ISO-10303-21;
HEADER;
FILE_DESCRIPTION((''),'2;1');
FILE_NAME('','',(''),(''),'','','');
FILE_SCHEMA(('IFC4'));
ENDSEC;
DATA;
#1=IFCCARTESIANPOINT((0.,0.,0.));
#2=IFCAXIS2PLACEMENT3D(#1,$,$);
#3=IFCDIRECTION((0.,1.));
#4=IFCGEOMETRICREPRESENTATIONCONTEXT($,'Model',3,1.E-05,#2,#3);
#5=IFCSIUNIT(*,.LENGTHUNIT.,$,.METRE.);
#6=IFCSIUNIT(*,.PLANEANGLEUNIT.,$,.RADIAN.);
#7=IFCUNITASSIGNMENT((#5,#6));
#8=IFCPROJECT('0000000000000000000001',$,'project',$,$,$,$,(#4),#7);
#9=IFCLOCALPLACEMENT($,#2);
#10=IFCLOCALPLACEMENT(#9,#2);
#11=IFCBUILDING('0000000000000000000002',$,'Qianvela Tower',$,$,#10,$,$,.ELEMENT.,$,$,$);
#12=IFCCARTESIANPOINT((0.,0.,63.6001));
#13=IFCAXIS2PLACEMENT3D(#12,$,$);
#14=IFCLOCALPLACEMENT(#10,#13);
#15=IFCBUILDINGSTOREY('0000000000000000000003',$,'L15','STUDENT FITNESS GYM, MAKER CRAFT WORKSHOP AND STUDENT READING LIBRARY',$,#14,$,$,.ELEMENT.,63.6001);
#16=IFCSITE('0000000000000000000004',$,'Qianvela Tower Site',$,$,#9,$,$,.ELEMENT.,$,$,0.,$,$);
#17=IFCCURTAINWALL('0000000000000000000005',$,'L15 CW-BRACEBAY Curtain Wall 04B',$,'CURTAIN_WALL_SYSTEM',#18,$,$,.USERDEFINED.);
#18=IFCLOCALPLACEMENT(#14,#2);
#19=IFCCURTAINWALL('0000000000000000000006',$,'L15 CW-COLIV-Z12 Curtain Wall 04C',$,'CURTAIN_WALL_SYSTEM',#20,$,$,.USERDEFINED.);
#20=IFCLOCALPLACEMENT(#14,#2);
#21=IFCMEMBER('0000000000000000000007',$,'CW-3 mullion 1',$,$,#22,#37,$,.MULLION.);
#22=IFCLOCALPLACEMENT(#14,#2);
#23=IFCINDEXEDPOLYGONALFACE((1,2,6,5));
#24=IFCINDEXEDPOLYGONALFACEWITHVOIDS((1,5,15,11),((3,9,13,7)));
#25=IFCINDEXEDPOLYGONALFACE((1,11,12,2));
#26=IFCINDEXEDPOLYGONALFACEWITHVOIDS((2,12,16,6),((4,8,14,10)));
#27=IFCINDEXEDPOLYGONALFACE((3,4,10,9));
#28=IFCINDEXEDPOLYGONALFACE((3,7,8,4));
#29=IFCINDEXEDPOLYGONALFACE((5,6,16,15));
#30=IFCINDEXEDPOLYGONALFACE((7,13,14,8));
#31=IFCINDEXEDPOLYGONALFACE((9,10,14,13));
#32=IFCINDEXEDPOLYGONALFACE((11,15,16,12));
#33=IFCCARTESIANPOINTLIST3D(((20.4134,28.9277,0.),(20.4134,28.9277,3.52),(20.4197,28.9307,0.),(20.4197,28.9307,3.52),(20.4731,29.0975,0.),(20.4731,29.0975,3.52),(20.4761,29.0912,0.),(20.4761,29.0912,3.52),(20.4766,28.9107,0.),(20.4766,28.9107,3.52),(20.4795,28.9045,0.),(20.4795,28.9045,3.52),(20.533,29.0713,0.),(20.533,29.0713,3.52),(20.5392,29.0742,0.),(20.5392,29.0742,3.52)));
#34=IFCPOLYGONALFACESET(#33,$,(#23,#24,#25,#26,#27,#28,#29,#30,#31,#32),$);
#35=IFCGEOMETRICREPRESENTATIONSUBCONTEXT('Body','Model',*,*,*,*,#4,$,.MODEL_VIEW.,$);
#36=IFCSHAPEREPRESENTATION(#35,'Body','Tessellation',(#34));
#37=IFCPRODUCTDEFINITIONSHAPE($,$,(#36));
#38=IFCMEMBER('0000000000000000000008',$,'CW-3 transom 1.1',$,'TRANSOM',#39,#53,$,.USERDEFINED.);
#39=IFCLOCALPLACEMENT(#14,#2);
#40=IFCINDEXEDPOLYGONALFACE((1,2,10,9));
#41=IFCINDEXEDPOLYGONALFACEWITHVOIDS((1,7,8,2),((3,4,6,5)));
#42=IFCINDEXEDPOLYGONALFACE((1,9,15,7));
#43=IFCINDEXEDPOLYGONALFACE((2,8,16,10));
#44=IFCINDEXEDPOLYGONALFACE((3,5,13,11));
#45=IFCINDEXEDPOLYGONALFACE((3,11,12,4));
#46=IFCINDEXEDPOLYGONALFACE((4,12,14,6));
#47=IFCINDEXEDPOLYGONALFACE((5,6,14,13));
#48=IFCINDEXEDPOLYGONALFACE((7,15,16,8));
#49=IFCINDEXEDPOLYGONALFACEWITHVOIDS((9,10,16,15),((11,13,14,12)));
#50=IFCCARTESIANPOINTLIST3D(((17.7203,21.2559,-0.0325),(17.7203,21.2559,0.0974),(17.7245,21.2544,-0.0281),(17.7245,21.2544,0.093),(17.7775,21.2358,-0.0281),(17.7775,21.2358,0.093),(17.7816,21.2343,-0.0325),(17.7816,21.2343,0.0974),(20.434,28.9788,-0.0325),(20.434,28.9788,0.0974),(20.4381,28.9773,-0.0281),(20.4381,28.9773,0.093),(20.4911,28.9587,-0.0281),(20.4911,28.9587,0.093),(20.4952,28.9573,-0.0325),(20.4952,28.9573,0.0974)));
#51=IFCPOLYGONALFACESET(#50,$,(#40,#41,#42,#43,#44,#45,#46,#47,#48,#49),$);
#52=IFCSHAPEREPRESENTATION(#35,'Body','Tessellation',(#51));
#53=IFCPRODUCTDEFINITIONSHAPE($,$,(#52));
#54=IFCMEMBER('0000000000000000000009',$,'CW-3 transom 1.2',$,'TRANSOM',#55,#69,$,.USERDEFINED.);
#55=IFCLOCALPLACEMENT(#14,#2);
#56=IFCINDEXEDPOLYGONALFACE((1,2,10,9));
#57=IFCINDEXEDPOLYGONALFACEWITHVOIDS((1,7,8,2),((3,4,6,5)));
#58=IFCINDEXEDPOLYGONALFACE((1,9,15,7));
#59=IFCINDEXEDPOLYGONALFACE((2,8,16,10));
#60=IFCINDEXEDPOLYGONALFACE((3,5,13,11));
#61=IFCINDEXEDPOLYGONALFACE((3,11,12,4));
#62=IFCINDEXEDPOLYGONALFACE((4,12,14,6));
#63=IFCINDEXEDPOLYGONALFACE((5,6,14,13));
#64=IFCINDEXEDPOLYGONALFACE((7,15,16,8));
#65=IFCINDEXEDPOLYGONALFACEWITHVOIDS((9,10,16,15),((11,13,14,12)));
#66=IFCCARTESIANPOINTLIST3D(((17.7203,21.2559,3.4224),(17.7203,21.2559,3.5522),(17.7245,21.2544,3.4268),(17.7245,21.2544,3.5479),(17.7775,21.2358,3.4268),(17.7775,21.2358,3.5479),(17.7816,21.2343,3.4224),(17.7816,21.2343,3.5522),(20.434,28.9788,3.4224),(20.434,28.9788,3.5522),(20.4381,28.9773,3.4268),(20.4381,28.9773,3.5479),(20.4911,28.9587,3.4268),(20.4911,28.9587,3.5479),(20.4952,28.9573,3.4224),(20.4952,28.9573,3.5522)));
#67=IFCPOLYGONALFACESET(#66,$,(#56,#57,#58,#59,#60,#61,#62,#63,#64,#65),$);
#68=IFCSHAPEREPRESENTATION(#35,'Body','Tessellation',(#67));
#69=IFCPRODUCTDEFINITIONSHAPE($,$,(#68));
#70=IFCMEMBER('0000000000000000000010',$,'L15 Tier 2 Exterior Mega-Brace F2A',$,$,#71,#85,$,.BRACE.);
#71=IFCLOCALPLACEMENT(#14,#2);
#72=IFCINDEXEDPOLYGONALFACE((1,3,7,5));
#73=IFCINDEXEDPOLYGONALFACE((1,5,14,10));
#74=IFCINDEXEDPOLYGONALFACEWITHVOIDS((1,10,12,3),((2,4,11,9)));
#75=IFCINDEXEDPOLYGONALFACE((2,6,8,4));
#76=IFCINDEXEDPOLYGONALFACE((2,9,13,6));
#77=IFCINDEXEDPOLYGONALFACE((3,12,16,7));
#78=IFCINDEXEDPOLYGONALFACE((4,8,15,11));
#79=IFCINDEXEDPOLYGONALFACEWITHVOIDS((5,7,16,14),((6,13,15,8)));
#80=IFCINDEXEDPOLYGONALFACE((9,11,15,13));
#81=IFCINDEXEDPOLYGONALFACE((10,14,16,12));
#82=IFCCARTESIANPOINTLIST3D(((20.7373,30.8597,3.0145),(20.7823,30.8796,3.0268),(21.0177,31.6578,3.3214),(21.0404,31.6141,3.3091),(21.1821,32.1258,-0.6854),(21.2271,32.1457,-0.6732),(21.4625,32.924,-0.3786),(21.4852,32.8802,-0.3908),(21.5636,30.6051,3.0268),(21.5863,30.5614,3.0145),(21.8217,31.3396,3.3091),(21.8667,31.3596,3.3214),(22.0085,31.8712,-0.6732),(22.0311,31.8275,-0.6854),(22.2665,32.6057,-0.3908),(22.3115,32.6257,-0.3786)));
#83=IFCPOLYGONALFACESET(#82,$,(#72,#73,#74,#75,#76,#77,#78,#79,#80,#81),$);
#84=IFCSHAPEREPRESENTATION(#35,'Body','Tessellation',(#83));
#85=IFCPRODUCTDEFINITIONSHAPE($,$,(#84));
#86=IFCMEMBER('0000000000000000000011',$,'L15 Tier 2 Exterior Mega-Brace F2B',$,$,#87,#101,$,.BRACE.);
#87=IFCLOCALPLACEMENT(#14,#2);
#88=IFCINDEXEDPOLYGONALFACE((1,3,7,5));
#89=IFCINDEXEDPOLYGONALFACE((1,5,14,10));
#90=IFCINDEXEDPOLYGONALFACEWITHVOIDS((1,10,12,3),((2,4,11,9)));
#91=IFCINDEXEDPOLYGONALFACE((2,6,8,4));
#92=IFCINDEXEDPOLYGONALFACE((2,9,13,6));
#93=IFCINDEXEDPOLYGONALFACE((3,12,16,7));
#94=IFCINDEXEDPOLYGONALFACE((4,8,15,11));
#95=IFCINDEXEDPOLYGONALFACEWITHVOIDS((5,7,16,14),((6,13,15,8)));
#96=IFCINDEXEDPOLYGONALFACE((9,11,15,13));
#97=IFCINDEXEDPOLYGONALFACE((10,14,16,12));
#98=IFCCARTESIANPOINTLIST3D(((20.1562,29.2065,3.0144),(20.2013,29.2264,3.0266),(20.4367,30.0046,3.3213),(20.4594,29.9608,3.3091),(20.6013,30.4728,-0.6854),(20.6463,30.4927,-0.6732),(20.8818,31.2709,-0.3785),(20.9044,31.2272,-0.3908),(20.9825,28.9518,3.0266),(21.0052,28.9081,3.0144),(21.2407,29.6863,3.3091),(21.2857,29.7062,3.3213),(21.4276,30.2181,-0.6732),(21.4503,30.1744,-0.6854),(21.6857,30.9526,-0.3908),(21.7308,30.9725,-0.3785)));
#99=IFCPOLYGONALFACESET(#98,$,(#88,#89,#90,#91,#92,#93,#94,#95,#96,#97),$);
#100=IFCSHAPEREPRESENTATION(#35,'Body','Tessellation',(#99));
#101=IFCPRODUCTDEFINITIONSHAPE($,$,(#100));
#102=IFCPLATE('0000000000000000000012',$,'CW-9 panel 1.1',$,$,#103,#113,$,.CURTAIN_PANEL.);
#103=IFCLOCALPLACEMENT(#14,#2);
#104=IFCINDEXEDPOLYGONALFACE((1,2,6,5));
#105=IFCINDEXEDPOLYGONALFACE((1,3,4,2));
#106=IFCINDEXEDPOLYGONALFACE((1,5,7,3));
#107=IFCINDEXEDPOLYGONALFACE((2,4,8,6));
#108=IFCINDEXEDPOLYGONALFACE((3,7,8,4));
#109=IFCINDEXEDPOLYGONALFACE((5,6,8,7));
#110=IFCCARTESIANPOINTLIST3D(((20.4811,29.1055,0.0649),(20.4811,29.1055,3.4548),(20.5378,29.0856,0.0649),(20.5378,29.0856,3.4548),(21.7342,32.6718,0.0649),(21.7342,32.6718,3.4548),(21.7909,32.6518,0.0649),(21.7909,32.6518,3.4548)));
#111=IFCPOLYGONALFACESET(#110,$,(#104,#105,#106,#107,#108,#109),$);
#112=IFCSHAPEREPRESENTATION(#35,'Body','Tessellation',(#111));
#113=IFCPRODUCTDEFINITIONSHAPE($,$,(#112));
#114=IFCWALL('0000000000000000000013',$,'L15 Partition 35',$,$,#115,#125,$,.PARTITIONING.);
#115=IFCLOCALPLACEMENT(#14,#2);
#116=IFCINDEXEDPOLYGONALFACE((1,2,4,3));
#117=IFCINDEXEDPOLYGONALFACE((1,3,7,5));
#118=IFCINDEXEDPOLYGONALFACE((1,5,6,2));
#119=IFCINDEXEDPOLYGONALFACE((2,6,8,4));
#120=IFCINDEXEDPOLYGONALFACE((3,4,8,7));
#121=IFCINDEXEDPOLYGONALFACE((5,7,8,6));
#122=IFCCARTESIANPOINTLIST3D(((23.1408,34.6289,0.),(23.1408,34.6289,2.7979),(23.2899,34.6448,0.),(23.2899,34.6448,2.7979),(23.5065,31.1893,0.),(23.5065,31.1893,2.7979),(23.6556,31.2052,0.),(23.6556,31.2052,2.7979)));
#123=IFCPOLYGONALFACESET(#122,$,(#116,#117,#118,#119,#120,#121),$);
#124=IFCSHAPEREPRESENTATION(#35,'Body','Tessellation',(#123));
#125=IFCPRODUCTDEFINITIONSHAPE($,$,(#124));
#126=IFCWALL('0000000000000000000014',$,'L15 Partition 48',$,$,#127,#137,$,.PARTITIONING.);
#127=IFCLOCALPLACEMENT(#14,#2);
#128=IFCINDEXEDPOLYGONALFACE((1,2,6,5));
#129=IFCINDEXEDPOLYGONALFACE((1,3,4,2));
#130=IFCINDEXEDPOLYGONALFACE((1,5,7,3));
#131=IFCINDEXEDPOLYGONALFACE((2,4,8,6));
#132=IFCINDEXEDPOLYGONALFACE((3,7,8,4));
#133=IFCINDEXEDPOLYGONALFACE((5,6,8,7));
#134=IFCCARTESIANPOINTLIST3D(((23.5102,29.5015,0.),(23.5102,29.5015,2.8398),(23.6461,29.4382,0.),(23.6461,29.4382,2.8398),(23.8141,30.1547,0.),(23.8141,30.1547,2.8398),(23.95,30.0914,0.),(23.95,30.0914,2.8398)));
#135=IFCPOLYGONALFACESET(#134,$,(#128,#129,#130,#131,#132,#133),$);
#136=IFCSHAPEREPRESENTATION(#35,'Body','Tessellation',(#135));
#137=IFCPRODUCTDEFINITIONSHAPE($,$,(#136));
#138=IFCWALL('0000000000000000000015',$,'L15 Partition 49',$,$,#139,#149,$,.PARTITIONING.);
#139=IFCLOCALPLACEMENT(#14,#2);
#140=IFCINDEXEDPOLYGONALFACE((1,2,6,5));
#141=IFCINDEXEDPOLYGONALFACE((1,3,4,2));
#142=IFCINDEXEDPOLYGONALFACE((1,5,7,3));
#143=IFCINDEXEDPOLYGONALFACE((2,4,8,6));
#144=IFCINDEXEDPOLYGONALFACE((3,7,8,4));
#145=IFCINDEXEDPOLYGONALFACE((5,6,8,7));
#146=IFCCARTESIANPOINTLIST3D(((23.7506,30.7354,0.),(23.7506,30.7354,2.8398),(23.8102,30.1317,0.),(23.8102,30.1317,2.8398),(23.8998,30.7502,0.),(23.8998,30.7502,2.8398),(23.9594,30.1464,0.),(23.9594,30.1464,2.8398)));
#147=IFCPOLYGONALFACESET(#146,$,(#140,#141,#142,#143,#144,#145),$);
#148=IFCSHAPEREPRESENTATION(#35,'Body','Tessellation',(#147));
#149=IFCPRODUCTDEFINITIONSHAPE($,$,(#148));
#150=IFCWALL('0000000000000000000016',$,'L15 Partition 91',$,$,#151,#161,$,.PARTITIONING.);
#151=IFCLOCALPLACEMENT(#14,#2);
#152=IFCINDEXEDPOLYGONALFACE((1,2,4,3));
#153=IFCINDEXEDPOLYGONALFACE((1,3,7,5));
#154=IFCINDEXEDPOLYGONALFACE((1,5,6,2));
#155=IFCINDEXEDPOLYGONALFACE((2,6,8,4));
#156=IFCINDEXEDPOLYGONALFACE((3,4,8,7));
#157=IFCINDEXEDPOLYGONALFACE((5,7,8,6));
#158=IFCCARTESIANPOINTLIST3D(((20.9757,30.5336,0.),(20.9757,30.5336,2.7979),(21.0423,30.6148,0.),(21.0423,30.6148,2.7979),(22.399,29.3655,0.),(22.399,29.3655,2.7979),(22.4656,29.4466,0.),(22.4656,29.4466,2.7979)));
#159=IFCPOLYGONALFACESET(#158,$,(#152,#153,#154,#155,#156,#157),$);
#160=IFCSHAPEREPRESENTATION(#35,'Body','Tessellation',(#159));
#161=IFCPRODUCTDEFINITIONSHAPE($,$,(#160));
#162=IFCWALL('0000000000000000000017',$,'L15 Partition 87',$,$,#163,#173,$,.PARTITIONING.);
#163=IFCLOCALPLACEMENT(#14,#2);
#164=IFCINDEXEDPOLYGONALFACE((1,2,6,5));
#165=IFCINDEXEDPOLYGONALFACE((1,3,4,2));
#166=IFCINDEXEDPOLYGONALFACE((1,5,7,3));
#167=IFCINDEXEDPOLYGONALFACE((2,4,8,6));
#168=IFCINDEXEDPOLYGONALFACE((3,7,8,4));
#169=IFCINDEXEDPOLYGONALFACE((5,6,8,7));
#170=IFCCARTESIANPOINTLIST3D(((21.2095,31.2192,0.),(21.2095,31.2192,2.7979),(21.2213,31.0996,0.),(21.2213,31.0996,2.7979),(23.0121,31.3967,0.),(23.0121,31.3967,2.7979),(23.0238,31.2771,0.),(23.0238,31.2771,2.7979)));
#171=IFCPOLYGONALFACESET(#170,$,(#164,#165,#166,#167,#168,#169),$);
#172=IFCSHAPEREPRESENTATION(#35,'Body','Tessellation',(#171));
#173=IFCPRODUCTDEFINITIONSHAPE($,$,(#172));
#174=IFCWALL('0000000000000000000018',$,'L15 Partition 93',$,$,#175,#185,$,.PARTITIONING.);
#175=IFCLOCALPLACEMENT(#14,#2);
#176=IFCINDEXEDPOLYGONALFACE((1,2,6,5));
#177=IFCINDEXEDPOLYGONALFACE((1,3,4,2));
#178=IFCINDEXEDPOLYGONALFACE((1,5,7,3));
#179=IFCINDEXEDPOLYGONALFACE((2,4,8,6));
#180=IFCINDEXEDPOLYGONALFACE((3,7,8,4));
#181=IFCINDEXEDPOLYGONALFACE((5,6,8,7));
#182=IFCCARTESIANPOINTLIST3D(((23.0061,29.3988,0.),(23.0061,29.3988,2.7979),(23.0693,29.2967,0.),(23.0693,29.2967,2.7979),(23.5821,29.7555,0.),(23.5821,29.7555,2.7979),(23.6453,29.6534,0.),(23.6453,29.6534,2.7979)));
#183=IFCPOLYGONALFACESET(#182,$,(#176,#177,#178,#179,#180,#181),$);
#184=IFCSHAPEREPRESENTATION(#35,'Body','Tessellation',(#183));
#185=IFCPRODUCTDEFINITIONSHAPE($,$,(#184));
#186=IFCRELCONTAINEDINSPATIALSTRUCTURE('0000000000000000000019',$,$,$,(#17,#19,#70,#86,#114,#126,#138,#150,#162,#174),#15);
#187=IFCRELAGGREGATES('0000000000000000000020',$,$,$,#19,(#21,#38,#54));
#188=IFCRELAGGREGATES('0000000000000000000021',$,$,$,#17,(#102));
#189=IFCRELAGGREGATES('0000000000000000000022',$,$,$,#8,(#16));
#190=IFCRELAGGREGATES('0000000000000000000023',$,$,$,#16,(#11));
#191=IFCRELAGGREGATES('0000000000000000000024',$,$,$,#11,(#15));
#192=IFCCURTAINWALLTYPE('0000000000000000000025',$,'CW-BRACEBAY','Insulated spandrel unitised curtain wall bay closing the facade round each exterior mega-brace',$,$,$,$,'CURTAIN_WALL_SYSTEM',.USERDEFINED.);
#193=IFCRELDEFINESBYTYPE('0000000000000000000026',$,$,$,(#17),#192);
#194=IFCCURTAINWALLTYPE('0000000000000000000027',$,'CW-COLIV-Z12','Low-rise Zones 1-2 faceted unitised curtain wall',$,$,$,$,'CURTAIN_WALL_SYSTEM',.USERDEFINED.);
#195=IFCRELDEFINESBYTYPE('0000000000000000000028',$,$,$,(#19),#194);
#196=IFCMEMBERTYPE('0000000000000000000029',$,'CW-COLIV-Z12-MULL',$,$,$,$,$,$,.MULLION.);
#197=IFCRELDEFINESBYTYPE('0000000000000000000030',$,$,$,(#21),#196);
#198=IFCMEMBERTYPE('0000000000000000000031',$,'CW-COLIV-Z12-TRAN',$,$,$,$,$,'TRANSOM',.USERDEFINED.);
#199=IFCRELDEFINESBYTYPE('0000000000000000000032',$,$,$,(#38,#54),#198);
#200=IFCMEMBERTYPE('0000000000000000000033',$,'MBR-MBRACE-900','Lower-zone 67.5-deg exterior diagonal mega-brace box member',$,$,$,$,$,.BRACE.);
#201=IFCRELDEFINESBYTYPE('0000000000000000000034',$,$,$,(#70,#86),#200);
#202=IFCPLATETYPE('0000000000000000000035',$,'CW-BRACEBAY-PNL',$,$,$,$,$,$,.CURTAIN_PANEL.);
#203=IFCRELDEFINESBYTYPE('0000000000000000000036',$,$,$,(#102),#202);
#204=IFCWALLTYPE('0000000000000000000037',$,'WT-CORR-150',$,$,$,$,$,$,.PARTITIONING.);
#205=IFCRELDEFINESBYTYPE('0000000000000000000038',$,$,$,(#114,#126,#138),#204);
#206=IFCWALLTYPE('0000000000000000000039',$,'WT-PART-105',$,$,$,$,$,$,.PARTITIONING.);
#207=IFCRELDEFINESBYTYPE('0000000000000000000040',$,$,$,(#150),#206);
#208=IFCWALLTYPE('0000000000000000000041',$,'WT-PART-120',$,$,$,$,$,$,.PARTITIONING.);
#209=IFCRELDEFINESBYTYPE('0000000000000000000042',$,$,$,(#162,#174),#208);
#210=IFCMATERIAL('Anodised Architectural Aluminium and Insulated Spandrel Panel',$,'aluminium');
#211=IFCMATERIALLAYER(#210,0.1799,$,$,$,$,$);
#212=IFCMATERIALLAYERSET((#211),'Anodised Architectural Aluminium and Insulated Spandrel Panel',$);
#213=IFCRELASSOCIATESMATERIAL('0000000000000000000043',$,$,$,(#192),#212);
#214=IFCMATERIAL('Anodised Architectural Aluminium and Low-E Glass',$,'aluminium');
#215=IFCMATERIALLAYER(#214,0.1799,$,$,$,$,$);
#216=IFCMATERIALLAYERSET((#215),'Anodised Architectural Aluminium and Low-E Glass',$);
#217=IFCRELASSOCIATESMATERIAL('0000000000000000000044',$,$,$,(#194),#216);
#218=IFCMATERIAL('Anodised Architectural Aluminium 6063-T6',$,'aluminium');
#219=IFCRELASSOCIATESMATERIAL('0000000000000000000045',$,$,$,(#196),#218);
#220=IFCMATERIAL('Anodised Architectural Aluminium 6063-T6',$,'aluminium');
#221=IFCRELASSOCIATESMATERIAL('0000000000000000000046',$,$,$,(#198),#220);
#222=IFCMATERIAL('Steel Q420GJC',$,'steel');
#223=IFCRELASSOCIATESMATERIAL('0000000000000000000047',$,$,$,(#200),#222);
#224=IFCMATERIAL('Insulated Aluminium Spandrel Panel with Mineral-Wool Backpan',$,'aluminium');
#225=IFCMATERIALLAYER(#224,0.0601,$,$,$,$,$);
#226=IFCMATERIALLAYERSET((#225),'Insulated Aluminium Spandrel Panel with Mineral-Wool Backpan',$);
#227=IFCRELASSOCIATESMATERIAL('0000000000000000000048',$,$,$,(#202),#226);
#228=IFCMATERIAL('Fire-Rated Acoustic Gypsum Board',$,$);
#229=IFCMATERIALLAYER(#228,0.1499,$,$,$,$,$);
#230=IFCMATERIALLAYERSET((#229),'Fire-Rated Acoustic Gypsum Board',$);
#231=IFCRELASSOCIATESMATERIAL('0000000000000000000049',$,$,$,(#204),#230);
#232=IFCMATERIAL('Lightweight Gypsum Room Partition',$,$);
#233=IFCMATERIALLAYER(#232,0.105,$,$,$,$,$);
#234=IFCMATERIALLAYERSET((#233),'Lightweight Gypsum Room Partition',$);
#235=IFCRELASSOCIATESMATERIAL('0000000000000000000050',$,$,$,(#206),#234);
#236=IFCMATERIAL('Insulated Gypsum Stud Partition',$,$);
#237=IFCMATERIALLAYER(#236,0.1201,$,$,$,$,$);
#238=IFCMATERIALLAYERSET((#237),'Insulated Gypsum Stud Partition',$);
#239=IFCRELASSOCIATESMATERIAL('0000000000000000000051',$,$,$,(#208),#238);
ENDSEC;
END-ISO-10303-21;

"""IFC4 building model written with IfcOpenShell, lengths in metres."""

from ifc_helpers import new_model, si_unit, direction, frame, frame_2d, origin, origin_2d, place, context, subcontext, project, spatial, rectangle, hollow_rectangle, extrude, material, layer, layer_set, material_profile, profile_set, type_object, element, aggregate, save


model = new_model("IFC4")

# Units and contexts
model_context = context("Model", 3, precision=1e-05, world=origin(), true_north=direction((0.0, 1.0)))
body_context = subcontext(model_context, "Body", "Model", "MODEL_VIEW")
ifc_project = project(units=[si_unit("LENGTHUNIT", "METRE"), si_unit("PLANEANGLEUNIT", "RADIAN")], contexts=[model_context])

# Site, building, storey
site_placement = place(None, origin())
site = spatial("IfcSite", under=ifc_project, at=site_placement, Name="Qianvela Tower Site", CompositionType="ELEMENT", RefElevation=0.0)
building_placement = place(site_placement, origin())
building = spatial("IfcBuilding", under=site, at=building_placement, Name="Qianvela Tower", CompositionType="ELEMENT")
storey_placement = place(building_placement, frame((0.0, 0.0, 63.6001)))
storey = spatial("IfcBuildingStorey", under=building, at=storey_placement, Name="L15", Description="STUDENT FITNESS GYM, MAKER CRAFT WORKSHOP AND STUDENT READING LIBRARY", CompositionType="ELEMENT", Elevation=63.6001)

# Curtain wall
ifc_material_1 = material(Name="Anodised Architectural Aluminium and Insulated Spandrel Panel", Category="aluminium")
ifc_layer_1 = layer(ifc_material_1, 0.1799)
ifc_layer_set_1 = layer_set([ifc_layer_1], Name="Anodised Architectural Aluminium and Insulated Spandrel Panel")
curtain_wall_type_1 = type_object("IfcCurtainWallType", Name="CW-BRACEBAY", Description="Insulated spandrel unitised curtain wall bay closing the facade round each exterior mega-brace", ElementType="CURTAIN_WALL_SYSTEM", PredefinedType="USERDEFINED", material=ifc_layer_set_1)
curtain_wall_1_placement = place(storey_placement, origin())
curtain_wall_1 = element("IfcCurtainWall", 1, at=curtain_wall_1_placement, inside=storey, type_object=curtain_wall_type_1, Name="L15 CW-BRACEBAY Curtain Wall 04B", ObjectType="CURTAIN_WALL_SYSTEM", PredefinedType="USERDEFINED")

# Curtain wall, members
ifc_material_2 = material(Name="Anodised Architectural Aluminium and Low-E Glass", Category="aluminium")
ifc_layer_2 = layer(ifc_material_2, 0.1799)
ifc_layer_set_2 = layer_set([ifc_layer_2], Name="Anodised Architectural Aluminium and Low-E Glass")
curtain_wall_type_2 = type_object("IfcCurtainWallType", Name="CW-COLIV-Z12", Description="Low-rise Zones 1-2 faceted unitised curtain wall", ElementType="CURTAIN_WALL_SYSTEM", PredefinedType="USERDEFINED", material=ifc_layer_set_2)
curtain_wall_2_placement = place(storey_placement, origin())
curtain_wall_2 = element("IfcCurtainWall", 2, at=curtain_wall_2_placement, inside=storey, type_object=curtain_wall_type_2, Name="L15 CW-COLIV-Z12 Curtain Wall 04C", ObjectType="CURTAIN_WALL_SYSTEM", PredefinedType="USERDEFINED")
ifc_material_3 = material(Name="Anodised Architectural Aluminium 6063-T6", Category="aluminium")
ifc_material_profile_1 = material_profile(ifc_material_3, hollow_rectangle(XDim=0.0701, YDim=0.1799, WallThickness=0.0049, at=origin_2d()), Name="ALU-MULL-70x180")
ifc_profile_set_1 = profile_set([ifc_material_profile_1], Name="Anodised Architectural Aluminium 6063-T6")
member_type_1 = type_object("IfcMemberType", Name="CW-COLIV-Z12-MULL", PredefinedType="MULLION", material=ifc_profile_set_1)
member_1_placement = place(storey_placement, frame((20.4763, 29.001, 0.0), z_axis=(0.0, 0.0, 1.0), x_axis=(0.943456, -0.331497, 0.0)))
member_1 = element("IfcMember", 3, at=member_1_placement, type_object=member_type_1, Name="CW-3 mullion 1", PredefinedType="MULLION", context=body_context, shape_type="SweptSolid", body=[
    extrude(hollow_rectangle(XDim=0.0701, YDim=0.1799, WallThickness=0.0049, at=origin_2d()), origin(), (0.0, 0.0, 1.0), 3.52),
])
ifc_material_4 = material(Name="Anodised Architectural Aluminium 6063-T6", Category="aluminium")
ifc_material_profile_2 = material_profile(ifc_material_4, hollow_rectangle(XDim=0.0649, YDim=0.1299, WallThickness=0.0044, at=origin_2d()), Name="ALU-TRAN-65x130")
ifc_profile_set_2 = profile_set([ifc_material_profile_2], Name="Anodised Architectural Aluminium 6063-T6")
member_type_2 = type_object("IfcMemberType", Name="CW-COLIV-Z12-TRAN", ElementType="TRANSOM", PredefinedType="USERDEFINED", material=ifc_profile_set_2)
member_2_placement = place(storey_placement, frame((20.4646, 28.968, 0.0325), z_axis=(-0.331505, -0.943454, 0.0), x_axis=(0.943454, -0.331505, 0.0)))
member_2 = element("IfcMember", 4, at=member_2_placement, type_object=member_type_2, Name="CW-3 transom 1.1", ObjectType="TRANSOM", PredefinedType="USERDEFINED", context=body_context, shape_type="SweptSolid", body=[
    extrude(hollow_rectangle(XDim=0.0649, YDim=0.1299, WallThickness=0.0044, at=origin_2d()), origin(), (0.0, 0.0, 1.0), 8.1858),
])
member_3_placement = place(storey_placement, frame((20.4646, 28.968, 3.4873), z_axis=(-0.331505, -0.943454, 0.0), x_axis=(0.943454, -0.331505, 0.0)))
member_3 = element("IfcMember", 5, at=member_3_placement, type_object=member_type_2, Name="CW-3 transom 1.2", ObjectType="TRANSOM", PredefinedType="USERDEFINED", context=body_context, shape_type="SweptSolid", body=[
    extrude(hollow_rectangle(XDim=0.0649, YDim=0.1299, WallThickness=0.0044, at=origin_2d()), origin(), (0.0, 0.0, 1.0), 8.1858),
])
aggregate(curtain_wall_2, [member_1, member_2, member_3])

# Members
ifc_material_5 = material(Name="Steel Q420GJC", Category="steel")
ifc_material_profile_3 = material_profile(ifc_material_5, hollow_rectangle(XDim=0.8999, YDim=0.8999, WallThickness=0.0359, at=origin_2d()), Name="MBOX-900x900x36")
ifc_profile_set_3 = profile_set([ifc_material_profile_3], Name="Steel Q420GJC")
member_type_3 = type_object("IfcMemberType", Name="MBR-MBRACE-900", Description="Lower-zone 67.5-deg exterior diagonal mega-brace box member", PredefinedType="BRACE", material=ifc_profile_set_3)
for number, where, z_axis, x_axis, name in (
    (6, (21.7468, 32.3757, -0.532), (-0.11302, -0.321691, 0.940075), (0.943466, -0.331468, 0.0), "L15 Tier 2 Exterior Mega-Brace F2A"),
    (7, (21.166, 30.7227, -0.532), (-0.113079, -0.321745, 0.94005), (0.943429, -0.331574, 0.0), "L15 Tier 2 Exterior Mega-Brace F2B"),
):
    element("IfcMember", number, at=place(storey_placement, frame(where, z_axis=z_axis, x_axis=x_axis)), inside=storey, type_object=member_type_3, Name=name, PredefinedType="BRACE", context=body_context, shape_type="SweptSolid", body=[
        extrude(hollow_rectangle(XDim=0.8999, YDim=0.8999, WallThickness=0.0359, at=origin_2d()), origin(), (0.0, 0.0, 1.0), 3.9358),
    ])

# Plate
ifc_material_6 = material(Name="Insulated Aluminium Spandrel Panel with Mineral-Wool Backpan", Category="aluminium")
ifc_layer_3 = layer(ifc_material_6, 0.0601)
ifc_layer_set_3 = layer_set([ifc_layer_3], Name="Insulated Aluminium Spandrel Panel with Mineral-Wool Backpan")
plate_type = type_object("IfcPlateType", Name="CW-BRACEBAY-PNL", PredefinedType="CURTAIN_PANEL", material=ifc_layer_set_3)
plate_placement = place(storey_placement, frame((21.136, 30.8787, 0.0649), z_axis=(0.0, 0.0, 1.0), x_axis=(-0.331509, -0.943452, 0.0)))
plate = element("IfcPlate", 8, at=plate_placement, type_object=plate_type, Name="CW-9 panel 1.1", PredefinedType="CURTAIN_PANEL", context=body_context, shape_type="SweptSolid", body=[
    extrude(rectangle(XDim=3.78, YDim=0.0601, at=origin_2d()), origin(), (0.0, 0.0, 1.0), 3.3899),
])
aggregate(curtain_wall_1, [plate])

# Walls
ifc_material_7 = material(Name="Fire-Rated Acoustic Gypsum Board")
ifc_layer_4 = layer(ifc_material_7, 0.1499)
ifc_layer_set_4 = layer_set([ifc_layer_4], Name="Fire-Rated Acoustic Gypsum Board")
wall_type_1 = type_object("IfcWallType", Name="WT-CORR-150", PredefinedType="PARTITIONING", material=ifc_layer_set_4)
wall_1_placement = place(storey_placement, frame((23.5811, 31.1973, 0.0), z_axis=(0.0, 0.0, 1.0), x_axis=(-0.105728, 0.994395, 0.0)))
element("IfcWall", 9, at=wall_1_placement, inside=storey, type_object=wall_type_1, Name="L15 Partition 35", PredefinedType="PARTITIONING", context=body_context, shape_type="SweptSolid", body=[
    extrude(rectangle(XDim=3.459, YDim=0.1499, at=frame_2d((1.7295, 0.0))), origin(), (0.0, 0.0, 1.0), 2.7979),
])
wall_2_placement = place(storey_placement, frame((23.5781, 29.4697, 0.0), z_axis=(0.0, 0.0, 1.0), x_axis=(0.421828, 0.906676, 0.0)))
element("IfcWall", 10, at=wall_2_placement, inside=storey, type_object=wall_type_1, Name="L15 Partition 48", PredefinedType="PARTITIONING", context=body_context, shape_type="SweptSolid", body=[
    extrude(rectangle(XDim=0.7205, YDim=0.1499, at=frame_2d((0.3604, 0.0))), origin(), (0.0, 0.0, 1.0), 2.8398),
])
wall_3_placement = place(storey_placement, frame((23.8848, 30.1392, 0.0), z_axis=(0.0, 0.0, 1.0), x_axis=(-0.098189, 0.995168, 0.0)))
element("IfcWall", 11, at=wall_3_placement, inside=storey, type_object=wall_type_1, Name="L15 Partition 49", PredefinedType="PARTITIONING", context=body_context, shape_type="SweptSolid", body=[
    extrude(rectangle(XDim=0.6067, YDim=0.1499, at=frame_2d((0.3032, 0.0))), origin(), (0.0, 0.0, 1.0), 2.8398),
])
ifc_material_8 = material(Name="Lightweight Gypsum Room Partition")
ifc_layer_5 = layer(ifc_material_8, 0.105)
ifc_layer_set_5 = layer_set([ifc_layer_5], Name="Lightweight Gypsum Room Partition")
wall_type_2 = type_object("IfcWallType", Name="WT-PART-105", PredefinedType="PARTITIONING", material=ifc_layer_set_5)
wall_4_placement = place(storey_placement, frame((21.009, 30.5742, 0.0), z_axis=(0.0, 0.0, 1.0), x_axis=(0.772982, -0.634428, 0.0)))
element("IfcWall", 12, at=wall_4_placement, inside=storey, type_object=wall_type_2, Name="L15 Partition 91", PredefinedType="PARTITIONING", context=body_context, shape_type="SweptSolid", body=[
    extrude(rectangle(XDim=1.8413, YDim=0.105, at=frame_2d((0.9207, 0.0))), origin(), (0.0, 0.0, 1.0), 2.7979),
])
ifc_material_9 = material(Name="Insulated Gypsum Stud Partition")
ifc_layer_6 = layer(ifc_material_9, 0.1201)
ifc_layer_set_6 = layer_set([ifc_layer_6], Name="Insulated Gypsum Stud Partition")
wall_type_3 = type_object("IfcWallType", Name="WT-PART-120", PredefinedType="PARTITIONING", material=ifc_layer_set_6)
wall_5_placement = place(storey_placement, frame((23.0181, 31.3369, 0.0), z_axis=(0.0, 0.0, 1.0), x_axis=(-0.995187, -0.097996, 0.0)))
element("IfcWall", 13, at=wall_5_placement, inside=storey, type_object=wall_type_3, Name="L15 Partition 87", PredefinedType="PARTITIONING", context=body_context, shape_type="SweptSolid", body=[
    extrude(rectangle(XDim=1.8113, YDim=0.1201, at=frame_2d((0.9058, 0.0))), origin(), (0.0, 0.0, 1.0), 2.7979),
])
wall_6_placement = place(storey_placement, frame((23.0376, 29.3477, 0.0), z_axis=(0.0, 0.0, 1.0), x_axis=(0.850158, 0.526528, 0.0)))
element("IfcWall", 14, at=wall_6_placement, inside=storey, type_object=wall_type_3, Name="L15 Partition 93", PredefinedType="PARTITIONING", context=body_context, shape_type="SweptSolid", body=[
    extrude(rectangle(XDim=0.6775, YDim=0.1201, at=frame_2d((0.3389, 0.0))), origin(), (0.0, 0.0, 1.0), 2.7979),
])

save(model, "model.ifc")
